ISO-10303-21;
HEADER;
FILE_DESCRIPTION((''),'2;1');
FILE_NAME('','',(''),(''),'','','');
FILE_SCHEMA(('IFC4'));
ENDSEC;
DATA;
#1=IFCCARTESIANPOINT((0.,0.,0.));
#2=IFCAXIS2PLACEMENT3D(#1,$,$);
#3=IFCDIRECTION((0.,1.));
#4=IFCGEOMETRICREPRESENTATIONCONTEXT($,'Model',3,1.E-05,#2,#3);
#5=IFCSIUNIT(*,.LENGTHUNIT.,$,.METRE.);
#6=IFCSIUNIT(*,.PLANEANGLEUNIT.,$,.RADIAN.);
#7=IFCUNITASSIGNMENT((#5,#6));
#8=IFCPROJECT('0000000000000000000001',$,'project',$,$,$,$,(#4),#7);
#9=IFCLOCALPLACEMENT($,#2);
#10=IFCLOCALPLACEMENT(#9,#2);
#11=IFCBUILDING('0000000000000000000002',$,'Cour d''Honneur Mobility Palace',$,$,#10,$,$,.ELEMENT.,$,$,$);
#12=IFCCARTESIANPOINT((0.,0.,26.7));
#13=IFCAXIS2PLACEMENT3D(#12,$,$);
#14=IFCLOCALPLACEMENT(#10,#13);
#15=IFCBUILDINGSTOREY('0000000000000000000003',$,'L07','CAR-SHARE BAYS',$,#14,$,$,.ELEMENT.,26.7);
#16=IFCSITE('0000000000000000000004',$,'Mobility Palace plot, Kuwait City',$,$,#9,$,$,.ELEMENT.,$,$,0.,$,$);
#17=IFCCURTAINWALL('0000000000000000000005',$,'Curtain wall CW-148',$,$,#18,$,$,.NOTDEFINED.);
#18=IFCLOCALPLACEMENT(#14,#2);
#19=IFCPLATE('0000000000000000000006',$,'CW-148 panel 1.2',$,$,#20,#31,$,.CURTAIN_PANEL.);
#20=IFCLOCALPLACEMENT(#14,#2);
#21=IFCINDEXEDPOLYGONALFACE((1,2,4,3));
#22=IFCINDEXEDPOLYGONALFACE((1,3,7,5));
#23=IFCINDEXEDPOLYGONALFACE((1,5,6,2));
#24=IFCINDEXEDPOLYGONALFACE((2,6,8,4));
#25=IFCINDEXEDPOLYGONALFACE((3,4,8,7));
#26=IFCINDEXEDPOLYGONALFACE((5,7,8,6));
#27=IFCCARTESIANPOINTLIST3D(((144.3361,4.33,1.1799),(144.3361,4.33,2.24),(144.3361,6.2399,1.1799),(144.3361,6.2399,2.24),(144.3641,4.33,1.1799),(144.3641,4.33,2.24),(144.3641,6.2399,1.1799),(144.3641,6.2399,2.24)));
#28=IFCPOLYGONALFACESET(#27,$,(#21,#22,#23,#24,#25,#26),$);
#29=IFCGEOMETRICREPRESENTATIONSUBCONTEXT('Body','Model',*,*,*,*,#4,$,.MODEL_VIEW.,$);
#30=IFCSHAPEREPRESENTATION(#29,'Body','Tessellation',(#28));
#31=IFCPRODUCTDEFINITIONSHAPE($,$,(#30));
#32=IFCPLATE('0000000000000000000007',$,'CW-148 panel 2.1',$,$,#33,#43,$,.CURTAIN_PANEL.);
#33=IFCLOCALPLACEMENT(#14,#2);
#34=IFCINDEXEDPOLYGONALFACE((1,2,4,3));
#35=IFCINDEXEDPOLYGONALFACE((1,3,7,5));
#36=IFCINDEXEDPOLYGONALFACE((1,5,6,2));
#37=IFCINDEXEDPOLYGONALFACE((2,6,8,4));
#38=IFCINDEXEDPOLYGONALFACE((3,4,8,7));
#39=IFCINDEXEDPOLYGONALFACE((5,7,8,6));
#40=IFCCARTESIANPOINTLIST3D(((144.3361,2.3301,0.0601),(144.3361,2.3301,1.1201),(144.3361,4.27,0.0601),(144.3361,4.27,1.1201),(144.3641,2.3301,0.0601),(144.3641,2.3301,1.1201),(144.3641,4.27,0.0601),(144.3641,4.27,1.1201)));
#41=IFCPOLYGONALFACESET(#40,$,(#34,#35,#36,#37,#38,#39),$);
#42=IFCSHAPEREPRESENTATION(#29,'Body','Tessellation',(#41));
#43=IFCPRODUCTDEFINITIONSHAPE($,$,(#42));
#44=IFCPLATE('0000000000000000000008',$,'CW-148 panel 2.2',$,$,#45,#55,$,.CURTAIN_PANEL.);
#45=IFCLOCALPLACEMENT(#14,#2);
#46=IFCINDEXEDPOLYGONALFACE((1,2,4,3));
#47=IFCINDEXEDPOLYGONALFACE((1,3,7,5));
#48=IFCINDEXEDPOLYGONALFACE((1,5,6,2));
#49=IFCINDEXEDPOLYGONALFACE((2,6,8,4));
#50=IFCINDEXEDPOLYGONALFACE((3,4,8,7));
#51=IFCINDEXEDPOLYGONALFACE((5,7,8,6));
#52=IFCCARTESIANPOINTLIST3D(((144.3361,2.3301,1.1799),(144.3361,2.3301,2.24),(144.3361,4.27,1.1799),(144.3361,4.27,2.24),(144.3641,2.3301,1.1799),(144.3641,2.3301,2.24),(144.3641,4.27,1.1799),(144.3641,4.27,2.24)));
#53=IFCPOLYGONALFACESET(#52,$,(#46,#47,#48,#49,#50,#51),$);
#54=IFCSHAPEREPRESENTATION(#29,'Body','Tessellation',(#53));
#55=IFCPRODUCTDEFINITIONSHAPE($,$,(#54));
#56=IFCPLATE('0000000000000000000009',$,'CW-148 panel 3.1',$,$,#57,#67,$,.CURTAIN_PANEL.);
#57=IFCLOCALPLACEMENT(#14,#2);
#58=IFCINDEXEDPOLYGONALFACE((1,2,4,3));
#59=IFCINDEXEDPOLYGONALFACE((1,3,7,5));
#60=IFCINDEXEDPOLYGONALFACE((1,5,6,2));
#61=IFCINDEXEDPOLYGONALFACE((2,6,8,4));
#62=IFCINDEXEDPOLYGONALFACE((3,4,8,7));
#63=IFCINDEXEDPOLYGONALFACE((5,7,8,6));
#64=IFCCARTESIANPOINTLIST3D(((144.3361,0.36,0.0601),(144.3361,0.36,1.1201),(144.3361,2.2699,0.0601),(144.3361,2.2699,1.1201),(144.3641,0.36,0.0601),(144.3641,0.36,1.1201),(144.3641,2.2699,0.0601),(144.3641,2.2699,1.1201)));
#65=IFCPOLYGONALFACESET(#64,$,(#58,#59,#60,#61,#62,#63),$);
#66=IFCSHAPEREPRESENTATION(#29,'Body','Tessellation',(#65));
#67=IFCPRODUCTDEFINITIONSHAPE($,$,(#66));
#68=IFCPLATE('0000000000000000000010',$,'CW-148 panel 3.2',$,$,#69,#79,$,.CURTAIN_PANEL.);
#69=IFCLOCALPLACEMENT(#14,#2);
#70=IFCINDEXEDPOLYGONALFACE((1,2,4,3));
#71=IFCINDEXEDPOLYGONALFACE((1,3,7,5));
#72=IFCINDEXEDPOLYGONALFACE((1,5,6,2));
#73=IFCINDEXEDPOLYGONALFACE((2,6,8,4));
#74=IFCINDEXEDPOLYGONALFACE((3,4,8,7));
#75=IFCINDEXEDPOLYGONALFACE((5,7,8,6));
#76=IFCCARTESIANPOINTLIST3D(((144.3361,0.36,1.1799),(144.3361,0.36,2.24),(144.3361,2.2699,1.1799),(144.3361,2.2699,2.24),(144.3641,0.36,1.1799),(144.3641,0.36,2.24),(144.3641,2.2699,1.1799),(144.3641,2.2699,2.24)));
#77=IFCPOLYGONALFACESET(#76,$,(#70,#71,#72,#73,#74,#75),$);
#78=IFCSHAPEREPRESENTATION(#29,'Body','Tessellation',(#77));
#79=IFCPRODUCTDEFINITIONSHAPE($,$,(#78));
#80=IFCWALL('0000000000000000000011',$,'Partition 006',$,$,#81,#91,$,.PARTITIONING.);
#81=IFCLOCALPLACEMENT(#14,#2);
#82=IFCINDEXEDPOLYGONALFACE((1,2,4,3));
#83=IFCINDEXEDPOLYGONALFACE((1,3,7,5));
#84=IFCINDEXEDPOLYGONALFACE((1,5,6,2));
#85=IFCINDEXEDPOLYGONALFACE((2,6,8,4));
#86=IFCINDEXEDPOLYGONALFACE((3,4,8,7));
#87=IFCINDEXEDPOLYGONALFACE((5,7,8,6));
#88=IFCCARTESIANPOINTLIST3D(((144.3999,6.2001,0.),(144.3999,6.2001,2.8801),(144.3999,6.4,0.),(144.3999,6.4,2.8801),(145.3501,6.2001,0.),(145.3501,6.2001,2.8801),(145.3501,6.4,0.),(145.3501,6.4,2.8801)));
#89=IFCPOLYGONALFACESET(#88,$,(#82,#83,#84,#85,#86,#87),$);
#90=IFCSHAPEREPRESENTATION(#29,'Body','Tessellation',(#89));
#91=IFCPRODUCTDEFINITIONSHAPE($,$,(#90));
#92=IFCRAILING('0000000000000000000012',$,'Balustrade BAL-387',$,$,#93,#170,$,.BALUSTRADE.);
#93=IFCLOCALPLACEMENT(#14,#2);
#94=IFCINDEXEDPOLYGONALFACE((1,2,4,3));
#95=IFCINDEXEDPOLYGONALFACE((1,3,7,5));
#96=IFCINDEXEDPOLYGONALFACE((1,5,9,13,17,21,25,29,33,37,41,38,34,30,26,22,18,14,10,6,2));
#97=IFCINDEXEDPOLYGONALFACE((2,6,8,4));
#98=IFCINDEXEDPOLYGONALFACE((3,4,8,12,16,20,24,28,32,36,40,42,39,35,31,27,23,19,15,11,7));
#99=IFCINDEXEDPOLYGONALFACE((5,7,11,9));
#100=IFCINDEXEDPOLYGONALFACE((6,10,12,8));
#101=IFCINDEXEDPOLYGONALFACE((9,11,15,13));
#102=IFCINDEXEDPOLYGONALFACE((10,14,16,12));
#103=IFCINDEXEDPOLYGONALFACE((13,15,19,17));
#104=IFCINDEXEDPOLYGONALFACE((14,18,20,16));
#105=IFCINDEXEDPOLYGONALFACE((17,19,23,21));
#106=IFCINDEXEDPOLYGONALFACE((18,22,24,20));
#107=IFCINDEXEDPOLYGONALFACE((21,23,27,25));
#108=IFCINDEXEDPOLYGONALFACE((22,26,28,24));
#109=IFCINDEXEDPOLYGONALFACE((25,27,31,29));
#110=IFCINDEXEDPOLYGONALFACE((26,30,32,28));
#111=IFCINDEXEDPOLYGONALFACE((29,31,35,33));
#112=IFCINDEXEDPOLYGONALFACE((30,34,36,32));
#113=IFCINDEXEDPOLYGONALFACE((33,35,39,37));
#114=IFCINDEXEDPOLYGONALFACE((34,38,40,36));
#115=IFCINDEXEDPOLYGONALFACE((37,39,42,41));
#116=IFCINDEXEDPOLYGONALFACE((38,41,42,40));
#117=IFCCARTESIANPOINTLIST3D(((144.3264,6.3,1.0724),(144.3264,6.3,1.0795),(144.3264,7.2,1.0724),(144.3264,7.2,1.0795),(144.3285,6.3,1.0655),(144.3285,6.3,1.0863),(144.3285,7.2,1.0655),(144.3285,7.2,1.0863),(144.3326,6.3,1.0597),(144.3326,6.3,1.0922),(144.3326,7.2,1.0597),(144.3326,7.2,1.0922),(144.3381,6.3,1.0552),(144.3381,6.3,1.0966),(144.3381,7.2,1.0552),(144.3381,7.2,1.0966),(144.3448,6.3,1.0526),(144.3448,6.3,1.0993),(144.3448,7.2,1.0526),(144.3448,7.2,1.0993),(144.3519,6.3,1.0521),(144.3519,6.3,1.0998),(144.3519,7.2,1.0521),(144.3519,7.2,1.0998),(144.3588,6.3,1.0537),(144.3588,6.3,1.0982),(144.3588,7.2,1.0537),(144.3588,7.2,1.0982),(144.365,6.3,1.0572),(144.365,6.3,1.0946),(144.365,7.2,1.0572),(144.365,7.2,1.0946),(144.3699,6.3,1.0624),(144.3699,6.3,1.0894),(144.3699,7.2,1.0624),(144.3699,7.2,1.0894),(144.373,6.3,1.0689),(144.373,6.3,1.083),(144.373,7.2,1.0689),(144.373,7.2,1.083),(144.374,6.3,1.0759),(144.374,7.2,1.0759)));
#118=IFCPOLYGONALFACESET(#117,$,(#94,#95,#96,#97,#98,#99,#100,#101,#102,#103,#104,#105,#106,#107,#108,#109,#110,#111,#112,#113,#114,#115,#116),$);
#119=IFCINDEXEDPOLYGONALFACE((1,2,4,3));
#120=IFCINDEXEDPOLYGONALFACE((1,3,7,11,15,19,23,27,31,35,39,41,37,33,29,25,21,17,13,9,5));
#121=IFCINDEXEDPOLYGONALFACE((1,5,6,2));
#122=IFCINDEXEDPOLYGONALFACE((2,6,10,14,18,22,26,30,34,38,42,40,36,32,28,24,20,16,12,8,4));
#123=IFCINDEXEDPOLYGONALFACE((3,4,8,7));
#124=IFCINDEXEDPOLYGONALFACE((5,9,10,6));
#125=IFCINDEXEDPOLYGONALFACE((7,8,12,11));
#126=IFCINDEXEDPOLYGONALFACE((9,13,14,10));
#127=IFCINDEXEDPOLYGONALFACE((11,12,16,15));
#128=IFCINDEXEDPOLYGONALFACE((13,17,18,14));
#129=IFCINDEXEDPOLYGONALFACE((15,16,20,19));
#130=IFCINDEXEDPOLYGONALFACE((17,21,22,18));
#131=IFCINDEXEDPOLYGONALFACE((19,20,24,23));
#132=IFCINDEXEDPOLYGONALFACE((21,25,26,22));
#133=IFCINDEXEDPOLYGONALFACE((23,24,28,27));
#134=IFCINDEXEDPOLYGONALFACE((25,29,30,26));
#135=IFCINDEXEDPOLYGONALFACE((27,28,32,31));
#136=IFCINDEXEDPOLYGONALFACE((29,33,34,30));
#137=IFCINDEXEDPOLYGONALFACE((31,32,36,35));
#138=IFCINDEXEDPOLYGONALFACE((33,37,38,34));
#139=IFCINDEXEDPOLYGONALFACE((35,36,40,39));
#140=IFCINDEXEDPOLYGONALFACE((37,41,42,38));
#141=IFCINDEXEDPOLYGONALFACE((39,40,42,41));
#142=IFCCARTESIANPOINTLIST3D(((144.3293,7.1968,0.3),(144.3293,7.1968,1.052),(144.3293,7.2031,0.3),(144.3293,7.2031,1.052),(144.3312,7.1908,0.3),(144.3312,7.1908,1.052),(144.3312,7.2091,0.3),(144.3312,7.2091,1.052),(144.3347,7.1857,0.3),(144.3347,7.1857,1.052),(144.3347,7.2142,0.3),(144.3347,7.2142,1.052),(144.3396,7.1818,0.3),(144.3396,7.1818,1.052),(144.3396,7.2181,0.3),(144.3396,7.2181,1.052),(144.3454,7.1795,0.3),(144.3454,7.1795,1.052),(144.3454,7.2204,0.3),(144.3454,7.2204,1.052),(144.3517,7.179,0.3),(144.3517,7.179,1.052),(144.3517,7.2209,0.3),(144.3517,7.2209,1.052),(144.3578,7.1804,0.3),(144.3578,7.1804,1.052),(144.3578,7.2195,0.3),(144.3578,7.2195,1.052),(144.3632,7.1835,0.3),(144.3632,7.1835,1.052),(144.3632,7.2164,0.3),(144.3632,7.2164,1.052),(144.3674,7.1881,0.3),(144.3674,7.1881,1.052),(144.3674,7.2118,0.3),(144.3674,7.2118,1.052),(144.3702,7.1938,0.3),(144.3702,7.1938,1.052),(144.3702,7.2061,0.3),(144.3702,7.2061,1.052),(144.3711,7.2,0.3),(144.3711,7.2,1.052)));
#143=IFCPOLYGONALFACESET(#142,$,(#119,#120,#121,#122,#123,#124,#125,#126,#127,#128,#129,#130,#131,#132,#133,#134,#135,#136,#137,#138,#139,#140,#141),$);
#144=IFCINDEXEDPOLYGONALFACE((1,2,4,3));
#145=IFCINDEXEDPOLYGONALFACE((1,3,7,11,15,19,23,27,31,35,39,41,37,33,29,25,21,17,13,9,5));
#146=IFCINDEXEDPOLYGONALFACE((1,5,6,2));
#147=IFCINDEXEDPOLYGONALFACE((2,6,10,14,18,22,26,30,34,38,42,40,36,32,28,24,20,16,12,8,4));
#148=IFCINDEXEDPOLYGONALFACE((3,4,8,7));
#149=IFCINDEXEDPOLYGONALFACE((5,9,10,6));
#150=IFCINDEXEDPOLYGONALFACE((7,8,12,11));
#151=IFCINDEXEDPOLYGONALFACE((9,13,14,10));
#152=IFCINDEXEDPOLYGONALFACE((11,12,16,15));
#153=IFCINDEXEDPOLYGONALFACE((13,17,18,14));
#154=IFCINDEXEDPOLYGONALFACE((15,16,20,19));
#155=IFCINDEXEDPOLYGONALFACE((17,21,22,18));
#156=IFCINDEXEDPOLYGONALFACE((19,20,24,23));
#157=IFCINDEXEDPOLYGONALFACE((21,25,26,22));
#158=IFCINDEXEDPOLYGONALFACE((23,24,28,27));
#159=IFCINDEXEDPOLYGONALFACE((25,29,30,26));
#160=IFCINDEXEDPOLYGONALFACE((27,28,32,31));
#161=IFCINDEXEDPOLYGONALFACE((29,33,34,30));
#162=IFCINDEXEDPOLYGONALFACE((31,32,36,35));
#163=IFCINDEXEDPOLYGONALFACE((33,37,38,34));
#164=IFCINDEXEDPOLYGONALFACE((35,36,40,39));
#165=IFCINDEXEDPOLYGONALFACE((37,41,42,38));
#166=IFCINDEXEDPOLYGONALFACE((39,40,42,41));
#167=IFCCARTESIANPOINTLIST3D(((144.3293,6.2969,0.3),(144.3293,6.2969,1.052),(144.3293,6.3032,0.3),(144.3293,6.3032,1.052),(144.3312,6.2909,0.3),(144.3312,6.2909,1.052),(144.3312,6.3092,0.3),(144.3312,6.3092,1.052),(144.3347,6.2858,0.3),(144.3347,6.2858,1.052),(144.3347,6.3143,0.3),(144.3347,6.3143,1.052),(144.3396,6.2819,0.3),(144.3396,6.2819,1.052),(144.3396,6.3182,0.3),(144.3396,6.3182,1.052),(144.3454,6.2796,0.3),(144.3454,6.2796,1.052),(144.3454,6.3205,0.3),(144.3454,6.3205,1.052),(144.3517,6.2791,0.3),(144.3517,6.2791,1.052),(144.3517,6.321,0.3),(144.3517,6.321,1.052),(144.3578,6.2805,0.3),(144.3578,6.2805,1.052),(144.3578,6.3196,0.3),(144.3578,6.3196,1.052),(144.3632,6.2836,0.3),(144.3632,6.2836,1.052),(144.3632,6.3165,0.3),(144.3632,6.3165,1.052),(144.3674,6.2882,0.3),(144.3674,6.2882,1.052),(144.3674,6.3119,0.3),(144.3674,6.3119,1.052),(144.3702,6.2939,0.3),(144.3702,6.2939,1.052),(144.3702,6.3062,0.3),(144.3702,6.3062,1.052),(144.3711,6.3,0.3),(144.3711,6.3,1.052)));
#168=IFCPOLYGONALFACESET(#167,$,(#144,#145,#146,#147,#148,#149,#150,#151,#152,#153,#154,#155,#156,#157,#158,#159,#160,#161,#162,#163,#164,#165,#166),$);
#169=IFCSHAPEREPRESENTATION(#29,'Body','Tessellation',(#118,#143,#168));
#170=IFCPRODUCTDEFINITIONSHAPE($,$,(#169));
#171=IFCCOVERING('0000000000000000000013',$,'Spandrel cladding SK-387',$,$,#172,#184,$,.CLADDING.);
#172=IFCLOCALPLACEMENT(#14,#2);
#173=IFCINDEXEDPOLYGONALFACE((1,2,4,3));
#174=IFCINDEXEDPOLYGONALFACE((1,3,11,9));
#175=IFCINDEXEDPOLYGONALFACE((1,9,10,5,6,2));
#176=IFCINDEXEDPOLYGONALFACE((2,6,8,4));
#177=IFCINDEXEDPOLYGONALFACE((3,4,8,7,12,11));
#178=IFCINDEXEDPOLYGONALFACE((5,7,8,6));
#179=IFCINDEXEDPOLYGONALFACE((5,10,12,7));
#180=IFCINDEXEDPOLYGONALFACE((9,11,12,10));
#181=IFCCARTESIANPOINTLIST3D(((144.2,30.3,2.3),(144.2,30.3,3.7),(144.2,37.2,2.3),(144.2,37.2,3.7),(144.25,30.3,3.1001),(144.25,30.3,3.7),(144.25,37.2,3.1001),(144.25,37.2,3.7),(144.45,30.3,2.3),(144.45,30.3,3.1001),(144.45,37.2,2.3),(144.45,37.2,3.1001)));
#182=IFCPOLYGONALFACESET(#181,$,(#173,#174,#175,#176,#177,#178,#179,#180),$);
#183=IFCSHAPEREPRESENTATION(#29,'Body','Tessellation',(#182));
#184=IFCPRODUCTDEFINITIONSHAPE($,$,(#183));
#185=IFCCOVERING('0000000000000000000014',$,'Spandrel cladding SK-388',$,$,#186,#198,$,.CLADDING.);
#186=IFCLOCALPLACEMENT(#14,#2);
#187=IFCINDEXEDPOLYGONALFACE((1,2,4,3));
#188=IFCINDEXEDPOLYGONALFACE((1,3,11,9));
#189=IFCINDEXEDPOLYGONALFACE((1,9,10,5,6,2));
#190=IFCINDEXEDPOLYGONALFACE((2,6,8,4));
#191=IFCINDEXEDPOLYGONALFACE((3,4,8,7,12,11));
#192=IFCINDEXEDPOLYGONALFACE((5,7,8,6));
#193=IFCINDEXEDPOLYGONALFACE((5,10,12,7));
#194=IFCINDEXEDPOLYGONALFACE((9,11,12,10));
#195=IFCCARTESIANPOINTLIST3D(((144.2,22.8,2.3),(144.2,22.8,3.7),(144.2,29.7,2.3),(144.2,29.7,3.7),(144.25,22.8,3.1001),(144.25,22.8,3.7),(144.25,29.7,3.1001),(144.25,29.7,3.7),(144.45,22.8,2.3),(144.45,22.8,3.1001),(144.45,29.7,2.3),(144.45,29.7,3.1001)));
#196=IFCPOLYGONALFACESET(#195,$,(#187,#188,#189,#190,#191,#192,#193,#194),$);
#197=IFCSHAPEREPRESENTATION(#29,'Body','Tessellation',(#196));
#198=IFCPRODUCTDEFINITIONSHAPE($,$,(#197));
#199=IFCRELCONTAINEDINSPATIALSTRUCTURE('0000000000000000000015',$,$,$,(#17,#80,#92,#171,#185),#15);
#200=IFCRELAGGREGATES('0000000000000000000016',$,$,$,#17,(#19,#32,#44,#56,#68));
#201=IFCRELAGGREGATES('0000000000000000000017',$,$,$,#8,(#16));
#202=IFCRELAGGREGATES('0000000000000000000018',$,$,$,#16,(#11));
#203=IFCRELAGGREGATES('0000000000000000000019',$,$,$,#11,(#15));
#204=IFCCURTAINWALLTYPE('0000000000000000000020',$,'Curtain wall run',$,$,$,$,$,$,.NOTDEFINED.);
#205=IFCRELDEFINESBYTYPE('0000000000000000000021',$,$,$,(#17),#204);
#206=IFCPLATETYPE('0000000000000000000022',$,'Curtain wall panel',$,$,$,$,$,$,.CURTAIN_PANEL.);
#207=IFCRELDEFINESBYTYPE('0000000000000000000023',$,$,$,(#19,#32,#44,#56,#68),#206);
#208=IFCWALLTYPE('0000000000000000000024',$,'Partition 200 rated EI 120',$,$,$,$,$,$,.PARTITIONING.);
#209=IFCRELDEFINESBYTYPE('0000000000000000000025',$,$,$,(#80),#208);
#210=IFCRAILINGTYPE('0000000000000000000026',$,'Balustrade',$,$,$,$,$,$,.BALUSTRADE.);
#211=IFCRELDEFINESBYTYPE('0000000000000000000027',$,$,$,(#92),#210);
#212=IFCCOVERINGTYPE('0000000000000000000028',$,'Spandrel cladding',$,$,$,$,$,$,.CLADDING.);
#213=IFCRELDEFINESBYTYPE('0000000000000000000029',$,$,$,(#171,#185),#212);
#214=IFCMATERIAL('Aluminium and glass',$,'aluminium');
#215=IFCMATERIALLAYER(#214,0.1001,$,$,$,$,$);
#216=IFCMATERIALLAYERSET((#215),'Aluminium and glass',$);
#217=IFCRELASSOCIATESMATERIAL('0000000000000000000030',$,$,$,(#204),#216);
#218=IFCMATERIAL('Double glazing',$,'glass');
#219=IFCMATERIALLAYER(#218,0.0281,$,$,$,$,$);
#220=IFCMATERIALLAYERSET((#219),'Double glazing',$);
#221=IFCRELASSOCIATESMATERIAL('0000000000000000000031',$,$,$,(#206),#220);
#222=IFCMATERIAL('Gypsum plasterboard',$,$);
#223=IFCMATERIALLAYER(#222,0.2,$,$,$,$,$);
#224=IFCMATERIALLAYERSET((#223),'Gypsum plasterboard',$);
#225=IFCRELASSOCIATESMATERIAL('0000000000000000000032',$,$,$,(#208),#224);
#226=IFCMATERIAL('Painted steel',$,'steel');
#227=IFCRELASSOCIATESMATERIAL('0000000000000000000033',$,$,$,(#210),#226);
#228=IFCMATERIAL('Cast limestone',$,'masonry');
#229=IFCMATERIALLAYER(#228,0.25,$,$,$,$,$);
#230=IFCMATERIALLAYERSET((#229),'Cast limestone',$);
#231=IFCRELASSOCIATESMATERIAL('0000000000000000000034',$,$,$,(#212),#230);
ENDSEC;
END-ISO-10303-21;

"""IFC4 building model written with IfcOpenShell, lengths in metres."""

from ifc_helpers import new_model, si_unit, direction, frame, frame_2d, origin, origin_2d, place, context, subcontext, project, spatial, polyline, rectangle, circle, outline, extrude, material, layer, layer_set, type_object, element, aggregate, save


model = new_model("IFC4")

# Units and contexts
model_context = context("Model", 3, precision=1e-05, world=origin(), true_north=direction((0.0, 1.0)))
body_context = subcontext(model_context, "Body", "Model", "MODEL_VIEW")
ifc_project = project(units=[si_unit("LENGTHUNIT", "METRE"), si_unit("PLANEANGLEUNIT", "RADIAN")], contexts=[model_context])

# Site, building, storey
site_placement = place(None, origin())
site = spatial("IfcSite", under=ifc_project, at=site_placement, Name="Mobility Palace plot, Kuwait City", CompositionType="ELEMENT", RefElevation=0.0)
building_placement = place(site_placement, origin())
building = spatial("IfcBuilding", under=site, at=building_placement, Name="Cour d'Honneur Mobility Palace", CompositionType="ELEMENT")
storey_placement = place(building_placement, frame((0.0, 0.0, 26.7)))
storey = spatial("IfcBuildingStorey", under=building, at=storey_placement, Name="L07", Description="CAR-SHARE BAYS", CompositionType="ELEMENT", Elevation=26.7)

# Curtain wall, plates
ifc_material_1 = material(Name="Aluminium and glass", Category="aluminium")
ifc_layer_1 = layer(ifc_material_1, 0.1001)
ifc_layer_set_1 = layer_set([ifc_layer_1], Name="Aluminium and glass")
curtain_wall_type = type_object("IfcCurtainWallType", Name="Curtain wall run", PredefinedType="NOTDEFINED", material=ifc_layer_set_1)
curtain_wall_placement = place(storey_placement, origin())
curtain_wall = element("IfcCurtainWall", 1, at=curtain_wall_placement, inside=storey, type_object=curtain_wall_type, Name="Curtain wall CW-148", PredefinedType="NOTDEFINED")
ifc_material_2 = material(Name="Double glazing", Category="glass")
ifc_layer_2 = layer(ifc_material_2, 0.0281)
ifc_layer_set_2 = layer_set([ifc_layer_2], Name="Double glazing")
plate_type = type_object("IfcPlateType", Name="Curtain wall panel", PredefinedType="CURTAIN_PANEL", material=ifc_layer_set_2)
plate_1_placement = place(storey_placement, frame((144.3501, 5.2849, 1.1799), z_axis=(0.0, 0.0, 1.0), x_axis=(0.0, -1.0, 0.0)))
plate_1 = element("IfcPlate", 2, at=plate_1_placement, type_object=plate_type, Name="CW-148 panel 1.2", PredefinedType="CURTAIN_PANEL", context=body_context, shape_type="SweptSolid", body=[
    extrude(rectangle(XDim=1.9099, YDim=0.0281, at=origin_2d()), origin(), (0.0, 0.0, 1.0), 1.0601),
])
plate_2_placement = place(storey_placement, frame((144.3501, 3.3, 0.0601), z_axis=(0.0, 0.0, 1.0), x_axis=(0.0, -1.0, 0.0)))
plate_2 = element("IfcPlate", 3, at=plate_2_placement, type_object=plate_type, Name="CW-148 panel 2.1", PredefinedType="CURTAIN_PANEL", context=body_context, shape_type="SweptSolid", body=[
    extrude(rectangle(XDim=1.9399, YDim=0.0281, at=origin_2d()), origin(), (0.0, 0.0, 1.0), 1.0601),
])
plate_3_placement = place(storey_placement, frame((144.3501, 3.3, 1.1799), z_axis=(0.0, 0.0, 1.0), x_axis=(0.0, -1.0, 0.0)))
plate_3 = element("IfcPlate", 4, at=plate_3_placement, type_object=plate_type, Name="CW-148 panel 2.2", PredefinedType="CURTAIN_PANEL", context=body_context, shape_type="SweptSolid", body=[
    extrude(rectangle(XDim=1.9399, YDim=0.0281, at=origin_2d()), origin(), (0.0, 0.0, 1.0), 1.0601),
])
plate_4_placement = place(storey_placement, frame((144.3501, 1.3149, 0.0601), z_axis=(0.0, 0.0, 1.0), x_axis=(0.0, -1.0, 0.0)))
plate_4 = element("IfcPlate", 5, at=plate_4_placement, type_object=plate_type, Name="CW-148 panel 3.1", PredefinedType="CURTAIN_PANEL", context=body_context, shape_type="SweptSolid", body=[
    extrude(rectangle(XDim=1.9099, YDim=0.0281, at=origin_2d()), origin(), (0.0, 0.0, 1.0), 1.0601),
])
plate_5_placement = place(storey_placement, frame((144.3501, 1.3149, 1.1799), z_axis=(0.0, 0.0, 1.0), x_axis=(0.0, -1.0, 0.0)))
plate_5 = element("IfcPlate", 6, at=plate_5_placement, type_object=plate_type, Name="CW-148 panel 3.2", PredefinedType="CURTAIN_PANEL", context=body_context, shape_type="SweptSolid", body=[
    extrude(rectangle(XDim=1.9099, YDim=0.0281, at=origin_2d()), origin(), (0.0, 0.0, 1.0), 1.0601),
])
aggregate(curtain_wall, [plate_1, plate_2, plate_3, plate_4, plate_5])

# Wall
ifc_material_3 = material(Name="Gypsum plasterboard")
ifc_layer_3 = layer(ifc_material_3, 0.2)
ifc_layer_set_3 = layer_set([ifc_layer_3], Name="Gypsum plasterboard")
wall_type = type_object("IfcWallType", Name="Partition 200 rated EI 120", PredefinedType="PARTITIONING", material=ifc_layer_set_3)
wall_placement = place(storey_placement, frame((144.3999, 6.3, 0.0), z_axis=(0.0, 0.0, 1.0), x_axis=(1.0, 0.0, 0.0)))
element("IfcWall", 7, at=wall_placement, inside=storey, type_object=wall_type, Name="Partition 006", PredefinedType="PARTITIONING", context=body_context, shape_type="SweptSolid", body=[
    extrude(rectangle(XDim=0.9502, YDim=0.2, at=frame_2d((0.4751, 0.0))), origin(), (0.0, 0.0, 1.0), 2.8801),
])

# Railing
ifc_material_4 = material(Name="Painted steel", Category="steel")
railing_type = type_object("IfcRailingType", Name="Balustrade", PredefinedType="BALUSTRADE", material=ifc_material_4)
railing_placement = place(storey_placement, frame((144.3501, 7.2, 0.3)))
element("IfcRailing", 8, at=railing_placement, inside=storey, type_object=railing_type, Name="Balustrade BAL-387", PredefinedType="BALUSTRADE", context=body_context, shape_type="SweptSolid", body=[
    extrude(circle(Radius=0.0239, at=origin_2d()), frame((0.0, 0.0, 0.7759), z_axis=(0.0, -1.0, 0.0), x_axis=(1.0, 0.0, 0.0)), (0.0, 0.0, 1.0), 0.8999),
    extrude(circle(Radius=0.021, at=origin_2d()), origin(), (0.0, 0.0, 1.0), 0.752),
    extrude(circle(Radius=0.021, at=origin_2d()), frame((0.0, -0.8999, 0.0)), (0.0, 0.0, 1.0), 0.752),
])

# Coverings
ifc_material_5 = material(Name="Cast limestone", Category="masonry")
ifc_layer_4 = layer(ifc_material_5, 0.25)
ifc_layer_set_4 = layer_set([ifc_layer_4], Name="Cast limestone")
covering_type = type_object("IfcCoveringType", Name="Spandrel cladding", PredefinedType="CLADDING", material=ifc_layer_set_4)
for number, where, z_axis, x_axis, name in (
    (9, (144.45, 37.2, 2.3), (0.0, 1.0, 0.0), (-1.0, 0.0, 0.0), "Spandrel cladding SK-387"),
    (10, (144.45, 29.7, 2.3), (0.0, 1.0, 0.0), (-1.0, 0.0, 0.0), "Spandrel cladding SK-388"),
):
    element("IfcCovering", number, at=place(storey_placement, frame(where, z_axis=z_axis, x_axis=x_axis)), inside=storey, type_object=covering_type, Name=name, PredefinedType="CLADDING", context=body_context, shape_type="SweptSolid", body=[
        extrude(outline(polyline([(0.0, 0.0), (0.25, 0.0), (0.25, 1.3999), (0.2, 1.3999), (0.2, 0.8), (0.0, 0.8), (0.0, 0.0)])), origin(), (0.0, 0.0, -1.0), 6.8999),
    ])

save(model, "model.ifc")
